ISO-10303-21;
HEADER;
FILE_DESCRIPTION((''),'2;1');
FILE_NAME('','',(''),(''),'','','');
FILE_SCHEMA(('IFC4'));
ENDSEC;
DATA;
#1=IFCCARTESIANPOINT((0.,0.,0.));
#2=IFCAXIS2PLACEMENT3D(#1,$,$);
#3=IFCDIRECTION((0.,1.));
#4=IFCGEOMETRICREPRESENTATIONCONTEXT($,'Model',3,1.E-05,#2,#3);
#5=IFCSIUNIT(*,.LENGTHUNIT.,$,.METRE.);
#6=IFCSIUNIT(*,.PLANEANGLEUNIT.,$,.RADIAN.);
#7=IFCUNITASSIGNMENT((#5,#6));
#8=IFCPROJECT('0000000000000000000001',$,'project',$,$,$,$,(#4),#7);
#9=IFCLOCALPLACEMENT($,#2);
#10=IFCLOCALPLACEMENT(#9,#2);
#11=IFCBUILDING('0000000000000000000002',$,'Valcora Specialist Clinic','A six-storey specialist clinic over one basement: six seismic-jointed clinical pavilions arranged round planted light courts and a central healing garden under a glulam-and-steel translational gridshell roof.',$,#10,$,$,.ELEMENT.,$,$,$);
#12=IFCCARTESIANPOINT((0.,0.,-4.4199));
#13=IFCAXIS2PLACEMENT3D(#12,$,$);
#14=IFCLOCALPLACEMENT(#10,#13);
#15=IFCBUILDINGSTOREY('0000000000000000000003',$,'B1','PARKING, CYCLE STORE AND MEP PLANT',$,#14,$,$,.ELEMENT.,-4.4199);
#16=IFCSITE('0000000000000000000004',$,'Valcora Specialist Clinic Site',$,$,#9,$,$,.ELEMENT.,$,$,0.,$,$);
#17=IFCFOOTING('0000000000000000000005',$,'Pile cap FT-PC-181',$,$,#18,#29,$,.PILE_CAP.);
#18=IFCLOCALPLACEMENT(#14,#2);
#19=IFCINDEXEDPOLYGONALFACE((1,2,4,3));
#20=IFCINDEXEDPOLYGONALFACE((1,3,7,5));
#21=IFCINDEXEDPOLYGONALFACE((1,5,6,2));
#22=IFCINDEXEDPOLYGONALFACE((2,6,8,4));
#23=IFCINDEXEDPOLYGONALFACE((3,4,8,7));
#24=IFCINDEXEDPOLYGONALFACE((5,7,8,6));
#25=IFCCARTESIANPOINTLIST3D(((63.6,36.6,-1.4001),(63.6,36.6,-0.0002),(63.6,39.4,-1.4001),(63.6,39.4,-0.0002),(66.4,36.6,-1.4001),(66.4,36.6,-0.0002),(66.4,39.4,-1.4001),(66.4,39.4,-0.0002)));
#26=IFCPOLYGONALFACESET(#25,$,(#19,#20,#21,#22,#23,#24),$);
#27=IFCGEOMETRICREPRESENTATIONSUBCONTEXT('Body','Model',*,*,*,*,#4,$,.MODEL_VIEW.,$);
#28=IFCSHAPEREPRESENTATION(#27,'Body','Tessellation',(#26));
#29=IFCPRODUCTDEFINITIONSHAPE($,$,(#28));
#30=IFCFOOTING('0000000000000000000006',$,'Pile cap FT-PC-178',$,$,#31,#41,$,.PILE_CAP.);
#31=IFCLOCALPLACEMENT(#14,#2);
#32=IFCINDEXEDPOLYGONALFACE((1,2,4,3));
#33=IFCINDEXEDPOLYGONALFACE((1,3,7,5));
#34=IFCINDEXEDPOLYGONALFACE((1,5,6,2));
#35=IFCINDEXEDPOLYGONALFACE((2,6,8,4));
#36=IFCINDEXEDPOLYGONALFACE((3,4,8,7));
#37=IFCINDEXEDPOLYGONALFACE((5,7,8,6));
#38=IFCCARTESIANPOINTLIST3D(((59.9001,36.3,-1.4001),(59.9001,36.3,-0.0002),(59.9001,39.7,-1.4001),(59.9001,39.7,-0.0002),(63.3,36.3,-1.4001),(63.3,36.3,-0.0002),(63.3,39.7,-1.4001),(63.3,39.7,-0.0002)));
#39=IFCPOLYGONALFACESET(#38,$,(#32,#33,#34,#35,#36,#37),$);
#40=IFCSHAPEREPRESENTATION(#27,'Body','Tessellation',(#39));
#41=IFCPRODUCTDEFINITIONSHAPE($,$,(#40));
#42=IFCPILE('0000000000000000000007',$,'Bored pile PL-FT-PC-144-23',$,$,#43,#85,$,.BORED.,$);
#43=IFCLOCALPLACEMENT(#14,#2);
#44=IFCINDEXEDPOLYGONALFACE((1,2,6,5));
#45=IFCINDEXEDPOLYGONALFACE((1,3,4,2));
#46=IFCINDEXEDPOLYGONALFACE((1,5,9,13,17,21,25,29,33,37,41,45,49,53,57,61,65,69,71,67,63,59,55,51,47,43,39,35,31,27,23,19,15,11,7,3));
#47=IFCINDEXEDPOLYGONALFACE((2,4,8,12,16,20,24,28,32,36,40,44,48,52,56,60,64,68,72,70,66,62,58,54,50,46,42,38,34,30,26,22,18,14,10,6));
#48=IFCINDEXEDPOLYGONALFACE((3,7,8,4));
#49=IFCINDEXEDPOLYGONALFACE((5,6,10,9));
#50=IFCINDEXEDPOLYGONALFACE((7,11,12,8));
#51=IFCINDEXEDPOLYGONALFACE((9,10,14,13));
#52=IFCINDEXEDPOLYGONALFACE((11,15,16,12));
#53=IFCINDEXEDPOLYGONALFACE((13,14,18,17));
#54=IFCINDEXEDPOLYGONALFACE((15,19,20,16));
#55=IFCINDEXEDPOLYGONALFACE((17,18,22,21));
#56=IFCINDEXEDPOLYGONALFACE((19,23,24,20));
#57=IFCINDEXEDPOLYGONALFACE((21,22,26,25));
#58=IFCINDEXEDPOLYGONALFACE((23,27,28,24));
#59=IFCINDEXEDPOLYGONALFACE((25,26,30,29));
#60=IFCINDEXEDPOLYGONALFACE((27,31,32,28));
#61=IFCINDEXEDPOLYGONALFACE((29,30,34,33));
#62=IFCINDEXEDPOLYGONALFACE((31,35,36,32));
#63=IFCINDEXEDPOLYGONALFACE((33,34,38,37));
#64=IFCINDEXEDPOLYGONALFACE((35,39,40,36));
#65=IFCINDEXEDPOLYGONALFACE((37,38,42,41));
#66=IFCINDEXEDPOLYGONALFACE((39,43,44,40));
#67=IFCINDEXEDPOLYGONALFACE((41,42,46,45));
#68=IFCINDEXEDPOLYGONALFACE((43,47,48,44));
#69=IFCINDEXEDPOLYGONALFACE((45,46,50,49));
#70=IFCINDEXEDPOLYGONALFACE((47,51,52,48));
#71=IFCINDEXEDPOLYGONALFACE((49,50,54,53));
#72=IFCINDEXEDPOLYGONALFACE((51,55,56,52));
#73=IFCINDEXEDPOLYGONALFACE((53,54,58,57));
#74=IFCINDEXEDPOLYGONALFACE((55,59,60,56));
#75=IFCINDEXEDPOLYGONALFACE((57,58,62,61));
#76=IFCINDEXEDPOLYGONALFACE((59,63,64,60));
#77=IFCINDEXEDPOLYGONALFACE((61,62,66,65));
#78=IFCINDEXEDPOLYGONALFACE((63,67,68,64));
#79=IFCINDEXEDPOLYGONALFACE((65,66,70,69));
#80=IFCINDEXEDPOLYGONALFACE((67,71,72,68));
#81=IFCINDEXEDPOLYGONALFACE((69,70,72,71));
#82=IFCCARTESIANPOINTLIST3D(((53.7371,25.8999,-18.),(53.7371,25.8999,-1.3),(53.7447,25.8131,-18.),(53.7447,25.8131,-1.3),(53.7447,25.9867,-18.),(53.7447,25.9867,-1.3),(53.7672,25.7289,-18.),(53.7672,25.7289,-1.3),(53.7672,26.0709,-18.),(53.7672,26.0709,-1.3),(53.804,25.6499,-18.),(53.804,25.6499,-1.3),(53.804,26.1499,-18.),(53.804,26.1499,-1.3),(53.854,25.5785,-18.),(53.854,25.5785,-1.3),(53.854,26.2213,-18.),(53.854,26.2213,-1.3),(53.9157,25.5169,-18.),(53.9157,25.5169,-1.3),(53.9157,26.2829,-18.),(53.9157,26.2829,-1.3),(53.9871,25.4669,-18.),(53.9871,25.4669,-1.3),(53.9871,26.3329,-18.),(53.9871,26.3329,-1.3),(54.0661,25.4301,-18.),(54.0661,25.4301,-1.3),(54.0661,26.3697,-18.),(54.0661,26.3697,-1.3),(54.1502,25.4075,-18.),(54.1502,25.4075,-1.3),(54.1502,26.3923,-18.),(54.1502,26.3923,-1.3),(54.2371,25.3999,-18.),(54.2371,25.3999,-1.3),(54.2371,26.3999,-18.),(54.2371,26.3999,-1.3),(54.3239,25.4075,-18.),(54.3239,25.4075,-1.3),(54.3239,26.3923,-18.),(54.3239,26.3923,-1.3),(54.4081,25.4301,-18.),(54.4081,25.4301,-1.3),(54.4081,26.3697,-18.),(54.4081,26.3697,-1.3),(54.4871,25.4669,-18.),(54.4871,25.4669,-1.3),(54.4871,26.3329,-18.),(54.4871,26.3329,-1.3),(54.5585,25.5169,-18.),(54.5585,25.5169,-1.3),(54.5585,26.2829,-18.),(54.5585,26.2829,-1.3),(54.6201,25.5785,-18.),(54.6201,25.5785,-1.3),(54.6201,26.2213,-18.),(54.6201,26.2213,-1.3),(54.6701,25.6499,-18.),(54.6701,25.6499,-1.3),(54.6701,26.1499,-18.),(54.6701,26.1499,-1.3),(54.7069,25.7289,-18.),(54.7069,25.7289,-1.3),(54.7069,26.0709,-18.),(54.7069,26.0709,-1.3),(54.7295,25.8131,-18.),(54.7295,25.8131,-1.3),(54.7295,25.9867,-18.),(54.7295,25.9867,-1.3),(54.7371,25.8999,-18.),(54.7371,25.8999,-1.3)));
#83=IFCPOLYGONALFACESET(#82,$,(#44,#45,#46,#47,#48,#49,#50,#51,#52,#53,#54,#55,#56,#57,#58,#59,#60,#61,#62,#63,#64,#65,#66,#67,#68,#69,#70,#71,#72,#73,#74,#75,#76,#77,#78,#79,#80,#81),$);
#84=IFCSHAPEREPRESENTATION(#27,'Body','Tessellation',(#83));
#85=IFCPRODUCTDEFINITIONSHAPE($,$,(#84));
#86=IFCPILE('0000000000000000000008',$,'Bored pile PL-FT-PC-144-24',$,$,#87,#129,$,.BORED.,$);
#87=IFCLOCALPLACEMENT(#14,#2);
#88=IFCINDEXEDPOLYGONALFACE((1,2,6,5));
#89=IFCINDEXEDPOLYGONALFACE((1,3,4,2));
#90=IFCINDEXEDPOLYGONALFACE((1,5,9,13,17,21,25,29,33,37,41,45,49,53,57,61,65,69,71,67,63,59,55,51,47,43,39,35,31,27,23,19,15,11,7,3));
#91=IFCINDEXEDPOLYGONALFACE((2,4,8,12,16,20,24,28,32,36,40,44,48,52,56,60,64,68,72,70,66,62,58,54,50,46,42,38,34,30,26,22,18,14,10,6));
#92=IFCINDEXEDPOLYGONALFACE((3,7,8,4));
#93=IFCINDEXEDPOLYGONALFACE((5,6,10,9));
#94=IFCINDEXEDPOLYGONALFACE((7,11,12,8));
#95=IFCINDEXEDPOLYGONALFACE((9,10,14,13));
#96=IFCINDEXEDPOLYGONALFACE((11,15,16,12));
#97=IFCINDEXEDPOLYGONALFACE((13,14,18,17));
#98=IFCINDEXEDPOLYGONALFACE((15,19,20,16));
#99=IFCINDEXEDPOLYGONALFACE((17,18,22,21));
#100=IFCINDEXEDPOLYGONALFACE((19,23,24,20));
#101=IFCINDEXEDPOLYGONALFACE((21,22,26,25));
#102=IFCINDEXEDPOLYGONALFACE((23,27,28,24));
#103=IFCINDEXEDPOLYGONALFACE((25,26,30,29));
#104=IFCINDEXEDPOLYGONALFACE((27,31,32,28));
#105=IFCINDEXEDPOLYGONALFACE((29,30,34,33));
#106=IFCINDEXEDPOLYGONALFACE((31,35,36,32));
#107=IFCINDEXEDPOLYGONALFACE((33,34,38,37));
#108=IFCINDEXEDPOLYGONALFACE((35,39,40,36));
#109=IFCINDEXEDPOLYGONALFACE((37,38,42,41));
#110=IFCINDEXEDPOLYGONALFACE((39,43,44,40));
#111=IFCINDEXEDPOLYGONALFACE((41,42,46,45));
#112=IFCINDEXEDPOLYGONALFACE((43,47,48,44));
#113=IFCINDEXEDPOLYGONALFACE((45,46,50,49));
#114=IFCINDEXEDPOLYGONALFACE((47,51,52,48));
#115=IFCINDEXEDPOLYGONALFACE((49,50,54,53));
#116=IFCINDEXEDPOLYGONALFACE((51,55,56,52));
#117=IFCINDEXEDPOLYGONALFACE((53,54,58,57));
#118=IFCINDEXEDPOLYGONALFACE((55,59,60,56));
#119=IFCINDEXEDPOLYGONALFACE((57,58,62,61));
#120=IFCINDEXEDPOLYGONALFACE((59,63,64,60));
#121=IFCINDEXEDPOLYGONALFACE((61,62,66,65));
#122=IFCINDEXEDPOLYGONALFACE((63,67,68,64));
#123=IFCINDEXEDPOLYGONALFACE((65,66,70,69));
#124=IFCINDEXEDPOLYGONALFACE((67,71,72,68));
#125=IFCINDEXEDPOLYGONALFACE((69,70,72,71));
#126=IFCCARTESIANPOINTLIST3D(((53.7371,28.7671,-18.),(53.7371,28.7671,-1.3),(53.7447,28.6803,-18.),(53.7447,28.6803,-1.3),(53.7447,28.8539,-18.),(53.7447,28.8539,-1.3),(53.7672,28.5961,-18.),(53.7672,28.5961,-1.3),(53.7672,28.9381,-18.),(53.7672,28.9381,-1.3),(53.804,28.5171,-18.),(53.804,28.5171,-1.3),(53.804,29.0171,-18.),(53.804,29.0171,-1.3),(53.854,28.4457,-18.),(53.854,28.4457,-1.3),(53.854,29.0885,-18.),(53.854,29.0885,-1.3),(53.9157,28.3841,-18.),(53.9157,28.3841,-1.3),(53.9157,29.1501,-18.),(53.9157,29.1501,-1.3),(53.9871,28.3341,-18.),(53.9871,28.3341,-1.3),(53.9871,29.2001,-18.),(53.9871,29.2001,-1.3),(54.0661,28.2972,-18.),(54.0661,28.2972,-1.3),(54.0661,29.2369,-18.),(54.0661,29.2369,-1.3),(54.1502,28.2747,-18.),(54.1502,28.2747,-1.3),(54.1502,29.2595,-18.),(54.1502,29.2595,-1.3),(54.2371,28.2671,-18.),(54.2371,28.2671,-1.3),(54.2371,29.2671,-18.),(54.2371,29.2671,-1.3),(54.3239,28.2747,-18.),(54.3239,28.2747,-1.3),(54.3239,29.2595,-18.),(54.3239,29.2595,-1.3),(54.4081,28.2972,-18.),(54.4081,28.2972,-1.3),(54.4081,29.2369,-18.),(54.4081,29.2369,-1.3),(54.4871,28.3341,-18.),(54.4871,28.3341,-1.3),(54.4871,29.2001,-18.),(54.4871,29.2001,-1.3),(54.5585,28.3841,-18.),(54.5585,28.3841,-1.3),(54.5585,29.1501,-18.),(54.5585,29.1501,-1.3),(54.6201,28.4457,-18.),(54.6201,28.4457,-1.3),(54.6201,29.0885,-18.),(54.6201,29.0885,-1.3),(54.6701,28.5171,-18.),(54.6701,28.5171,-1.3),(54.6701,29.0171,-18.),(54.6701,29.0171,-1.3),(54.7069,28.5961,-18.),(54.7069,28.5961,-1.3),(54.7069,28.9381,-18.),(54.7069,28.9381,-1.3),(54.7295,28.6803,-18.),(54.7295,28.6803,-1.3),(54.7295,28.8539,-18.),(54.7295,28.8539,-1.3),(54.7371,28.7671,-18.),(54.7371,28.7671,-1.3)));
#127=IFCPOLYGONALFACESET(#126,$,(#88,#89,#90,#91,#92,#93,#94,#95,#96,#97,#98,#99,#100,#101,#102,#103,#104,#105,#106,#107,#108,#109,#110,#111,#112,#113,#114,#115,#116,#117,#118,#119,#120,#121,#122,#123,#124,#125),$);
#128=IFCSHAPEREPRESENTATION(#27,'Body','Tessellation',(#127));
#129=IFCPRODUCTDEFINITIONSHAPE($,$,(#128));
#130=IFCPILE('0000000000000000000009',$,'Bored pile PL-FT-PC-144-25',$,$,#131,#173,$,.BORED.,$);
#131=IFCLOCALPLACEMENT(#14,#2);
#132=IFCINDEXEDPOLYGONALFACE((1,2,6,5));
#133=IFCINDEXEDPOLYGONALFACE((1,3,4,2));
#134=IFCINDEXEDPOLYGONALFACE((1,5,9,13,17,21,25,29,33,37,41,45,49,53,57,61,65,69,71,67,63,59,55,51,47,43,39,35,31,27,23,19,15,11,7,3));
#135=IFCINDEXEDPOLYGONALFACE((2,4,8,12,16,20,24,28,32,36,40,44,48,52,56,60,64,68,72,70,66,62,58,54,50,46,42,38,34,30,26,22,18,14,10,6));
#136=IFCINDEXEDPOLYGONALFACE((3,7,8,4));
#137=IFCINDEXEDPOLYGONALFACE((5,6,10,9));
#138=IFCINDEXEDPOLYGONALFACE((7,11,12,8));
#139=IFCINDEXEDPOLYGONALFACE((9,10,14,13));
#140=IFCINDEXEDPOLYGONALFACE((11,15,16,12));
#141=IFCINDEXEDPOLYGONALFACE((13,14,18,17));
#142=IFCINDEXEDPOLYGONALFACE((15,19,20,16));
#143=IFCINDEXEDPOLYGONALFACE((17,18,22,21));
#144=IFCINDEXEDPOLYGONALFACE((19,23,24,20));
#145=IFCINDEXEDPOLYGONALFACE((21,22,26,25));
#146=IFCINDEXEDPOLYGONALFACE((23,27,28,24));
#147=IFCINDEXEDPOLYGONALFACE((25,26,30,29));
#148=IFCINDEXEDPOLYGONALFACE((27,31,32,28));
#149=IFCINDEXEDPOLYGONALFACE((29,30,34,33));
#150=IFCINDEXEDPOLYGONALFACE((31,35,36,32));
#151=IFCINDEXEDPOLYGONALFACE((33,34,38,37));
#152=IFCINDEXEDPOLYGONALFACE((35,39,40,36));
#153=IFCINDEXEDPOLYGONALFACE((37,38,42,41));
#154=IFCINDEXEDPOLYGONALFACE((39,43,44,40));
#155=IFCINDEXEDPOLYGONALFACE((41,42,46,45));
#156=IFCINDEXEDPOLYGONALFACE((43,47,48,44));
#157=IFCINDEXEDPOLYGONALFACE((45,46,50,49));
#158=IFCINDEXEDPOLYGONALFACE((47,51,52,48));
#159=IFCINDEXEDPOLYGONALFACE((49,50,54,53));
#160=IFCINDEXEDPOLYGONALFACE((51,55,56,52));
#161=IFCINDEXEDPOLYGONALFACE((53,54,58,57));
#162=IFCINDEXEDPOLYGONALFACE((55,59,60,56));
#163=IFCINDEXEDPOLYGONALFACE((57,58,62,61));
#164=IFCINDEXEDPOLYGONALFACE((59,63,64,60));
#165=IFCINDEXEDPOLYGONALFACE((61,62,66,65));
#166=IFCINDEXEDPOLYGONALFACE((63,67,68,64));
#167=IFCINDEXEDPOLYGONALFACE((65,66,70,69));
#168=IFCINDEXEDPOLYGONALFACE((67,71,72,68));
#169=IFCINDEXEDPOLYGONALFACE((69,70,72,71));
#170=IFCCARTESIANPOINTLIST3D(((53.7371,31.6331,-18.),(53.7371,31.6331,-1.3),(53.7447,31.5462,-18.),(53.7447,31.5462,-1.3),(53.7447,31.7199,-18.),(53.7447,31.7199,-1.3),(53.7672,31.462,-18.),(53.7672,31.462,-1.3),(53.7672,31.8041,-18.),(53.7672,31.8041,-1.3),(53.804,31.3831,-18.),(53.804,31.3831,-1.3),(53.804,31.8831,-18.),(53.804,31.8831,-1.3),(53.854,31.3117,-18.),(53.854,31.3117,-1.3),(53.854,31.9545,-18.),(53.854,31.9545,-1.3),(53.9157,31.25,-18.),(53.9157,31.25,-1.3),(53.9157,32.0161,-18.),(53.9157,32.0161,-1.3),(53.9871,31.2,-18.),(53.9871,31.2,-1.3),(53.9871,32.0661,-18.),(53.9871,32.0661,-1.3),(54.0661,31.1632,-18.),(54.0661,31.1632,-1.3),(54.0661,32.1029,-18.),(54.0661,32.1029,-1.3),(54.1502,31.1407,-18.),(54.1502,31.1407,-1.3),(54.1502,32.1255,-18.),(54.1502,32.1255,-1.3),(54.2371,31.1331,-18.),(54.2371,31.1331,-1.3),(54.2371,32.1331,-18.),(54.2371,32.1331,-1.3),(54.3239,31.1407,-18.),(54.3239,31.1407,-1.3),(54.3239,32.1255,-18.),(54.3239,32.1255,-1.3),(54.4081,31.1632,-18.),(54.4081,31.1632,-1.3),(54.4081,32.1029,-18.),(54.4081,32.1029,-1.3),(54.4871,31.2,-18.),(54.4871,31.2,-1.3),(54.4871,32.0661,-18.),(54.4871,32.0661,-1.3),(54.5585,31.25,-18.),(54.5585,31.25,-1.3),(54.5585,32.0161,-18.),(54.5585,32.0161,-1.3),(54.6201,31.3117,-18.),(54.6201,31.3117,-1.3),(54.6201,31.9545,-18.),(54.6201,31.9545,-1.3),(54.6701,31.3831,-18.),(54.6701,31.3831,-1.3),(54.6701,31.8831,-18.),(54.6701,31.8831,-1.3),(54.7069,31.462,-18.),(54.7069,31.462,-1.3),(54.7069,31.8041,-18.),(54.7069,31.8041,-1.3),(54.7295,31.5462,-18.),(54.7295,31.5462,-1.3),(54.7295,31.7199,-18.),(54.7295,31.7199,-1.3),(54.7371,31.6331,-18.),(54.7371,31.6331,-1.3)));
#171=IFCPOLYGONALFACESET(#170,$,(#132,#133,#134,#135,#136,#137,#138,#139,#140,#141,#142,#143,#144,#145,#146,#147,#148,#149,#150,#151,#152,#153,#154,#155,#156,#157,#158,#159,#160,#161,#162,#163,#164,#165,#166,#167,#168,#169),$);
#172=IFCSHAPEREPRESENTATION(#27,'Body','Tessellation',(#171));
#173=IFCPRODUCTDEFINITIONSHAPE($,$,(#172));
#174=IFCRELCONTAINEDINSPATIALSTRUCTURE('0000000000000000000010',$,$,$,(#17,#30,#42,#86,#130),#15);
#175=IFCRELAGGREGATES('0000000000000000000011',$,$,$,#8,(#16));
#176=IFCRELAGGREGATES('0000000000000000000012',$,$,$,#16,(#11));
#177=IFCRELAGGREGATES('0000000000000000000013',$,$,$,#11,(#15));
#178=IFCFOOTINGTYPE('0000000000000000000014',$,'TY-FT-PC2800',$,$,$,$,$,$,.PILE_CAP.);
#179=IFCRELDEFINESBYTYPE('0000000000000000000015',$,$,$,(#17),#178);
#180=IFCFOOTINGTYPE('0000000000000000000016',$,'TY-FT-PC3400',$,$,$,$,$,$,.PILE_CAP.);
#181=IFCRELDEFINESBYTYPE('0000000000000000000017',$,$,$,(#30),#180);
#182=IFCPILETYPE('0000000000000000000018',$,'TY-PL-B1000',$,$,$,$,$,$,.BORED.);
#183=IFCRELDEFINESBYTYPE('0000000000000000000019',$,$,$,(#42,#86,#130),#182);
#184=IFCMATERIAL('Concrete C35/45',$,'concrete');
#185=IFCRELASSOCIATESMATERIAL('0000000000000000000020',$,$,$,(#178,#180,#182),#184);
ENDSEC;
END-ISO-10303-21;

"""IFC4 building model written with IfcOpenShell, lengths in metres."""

from ifc_helpers import new_model, si_unit, direction, frame, origin, origin_2d, place, context, subcontext, project, spatial, rectangle, circle, extrude, material, material_profile, profile_set, type_object, element, save


model = new_model("IFC4")

# Units and contexts
model_context = context("Model", 3, precision=1e-05, world=origin(), true_north=direction((0.0, 1.0)))
body_context = subcontext(model_context, "Body", "Model", "MODEL_VIEW")
ifc_project = project(units=[si_unit("LENGTHUNIT", "METRE"), si_unit("PLANEANGLEUNIT", "RADIAN")], contexts=[model_context])

# Site, building, storey
site_placement = place(None, origin())
site = spatial("IfcSite", under=ifc_project, at=site_placement, Name="Valcora Specialist Clinic Site", CompositionType="ELEMENT", RefElevation=0.0)
building_placement = place(site_placement, origin())
building = spatial("IfcBuilding", under=site, at=building_placement, Name="Valcora Specialist Clinic", Description="A six-storey specialist clinic over one basement: six seismic-jointed clinical pavilions arranged round planted light courts and a central healing garden under a glulam-and-steel translational gridshell roof.", CompositionType="ELEMENT")
storey_placement = place(building_placement, frame((0.0, 0.0, -4.4199)))
storey = spatial("IfcBuildingStorey", under=building, at=storey_placement, Name="B1", Description="PARKING, CYCLE STORE AND MEP PLANT", CompositionType="ELEMENT", Elevation=-4.4199)

# Footings
ifc_material_1 = material(Name="Concrete C35/45", Category="concrete")
footing_type_1 = type_object("IfcFootingType", Name="TY-FT-PC2800", PredefinedType="PILE_CAP", material=ifc_material_1)
footing_1_placement = place(storey_placement, frame((65.0, 38.0, -1.4001), z_axis=(0.0, 0.0, 1.0), x_axis=(1.0, 0.0, 0.0)))
element("IfcFooting", 1, at=footing_1_placement, inside=storey, type_object=footing_type_1, Name="Pile cap FT-PC-181", PredefinedType="PILE_CAP", context=body_context, shape_type="SweptSolid", body=[
    extrude(rectangle(XDim=2.8, YDim=2.8, at=origin_2d()), origin(), (0.0, 0.0, 1.0), 1.3999),
])
footing_type_2 = type_object("IfcFootingType", Name="TY-FT-PC3400", PredefinedType="PILE_CAP", material=ifc_material_1)
footing_2_placement = place(storey_placement, frame((61.6001, 38.0, -1.4001), z_axis=(0.0, 0.0, 1.0), x_axis=(1.0, 0.0, 0.0)))
element("IfcFooting", 2, at=footing_2_placement, inside=storey, type_object=footing_type_2, Name="Pile cap FT-PC-178", PredefinedType="PILE_CAP", context=body_context, shape_type="SweptSolid", body=[
    extrude(rectangle(XDim=3.3999, YDim=3.3999, at=origin_2d()), origin(), (0.0, 0.0, 1.0), 1.3999),
])

# Piles
ifc_material_profile_1 = material_profile(ifc_material_1, circle(Radius=0.5, at=origin_2d()), Name="RC-PIL-D1000")
ifc_profile_set_1 = profile_set([ifc_material_profile_1], Name="Concrete C35/45")
pile_type_1 = type_object("IfcPileType", Name="TY-PL-B1000", PredefinedType="BORED", material=ifc_profile_set_1)
for number, where, z_axis, x_axis, name in (
    (3, (54.2371, 25.8999, -1.3), (0.0, 0.0, -1.0), (1.0, 0.0, 0.0), "Bored pile PL-FT-PC-144-23"),
    (4, (54.2371, 28.7671, -1.3), (0.0, 0.0, -1.0), (1.0, 0.0, 0.0), "Bored pile PL-FT-PC-144-24"),
    (5, (54.2371, 31.6331, -1.3), (0.0, 0.0, -1.0), (1.0, 0.0, 0.0), "Bored pile PL-FT-PC-144-25"),
):
    element("IfcPile", number, at=place(storey_placement, frame(where, z_axis=z_axis, x_axis=x_axis)), inside=storey, type_object=pile_type_1, Name=name, PredefinedType="BORED", context=body_context, shape_type="SweptSolid", body=[
        extrude(circle(Radius=0.5, at=origin_2d()), origin(), (0.0, 0.0, 1.0), 16.7),
    ])

save(model, "model.ifc")
